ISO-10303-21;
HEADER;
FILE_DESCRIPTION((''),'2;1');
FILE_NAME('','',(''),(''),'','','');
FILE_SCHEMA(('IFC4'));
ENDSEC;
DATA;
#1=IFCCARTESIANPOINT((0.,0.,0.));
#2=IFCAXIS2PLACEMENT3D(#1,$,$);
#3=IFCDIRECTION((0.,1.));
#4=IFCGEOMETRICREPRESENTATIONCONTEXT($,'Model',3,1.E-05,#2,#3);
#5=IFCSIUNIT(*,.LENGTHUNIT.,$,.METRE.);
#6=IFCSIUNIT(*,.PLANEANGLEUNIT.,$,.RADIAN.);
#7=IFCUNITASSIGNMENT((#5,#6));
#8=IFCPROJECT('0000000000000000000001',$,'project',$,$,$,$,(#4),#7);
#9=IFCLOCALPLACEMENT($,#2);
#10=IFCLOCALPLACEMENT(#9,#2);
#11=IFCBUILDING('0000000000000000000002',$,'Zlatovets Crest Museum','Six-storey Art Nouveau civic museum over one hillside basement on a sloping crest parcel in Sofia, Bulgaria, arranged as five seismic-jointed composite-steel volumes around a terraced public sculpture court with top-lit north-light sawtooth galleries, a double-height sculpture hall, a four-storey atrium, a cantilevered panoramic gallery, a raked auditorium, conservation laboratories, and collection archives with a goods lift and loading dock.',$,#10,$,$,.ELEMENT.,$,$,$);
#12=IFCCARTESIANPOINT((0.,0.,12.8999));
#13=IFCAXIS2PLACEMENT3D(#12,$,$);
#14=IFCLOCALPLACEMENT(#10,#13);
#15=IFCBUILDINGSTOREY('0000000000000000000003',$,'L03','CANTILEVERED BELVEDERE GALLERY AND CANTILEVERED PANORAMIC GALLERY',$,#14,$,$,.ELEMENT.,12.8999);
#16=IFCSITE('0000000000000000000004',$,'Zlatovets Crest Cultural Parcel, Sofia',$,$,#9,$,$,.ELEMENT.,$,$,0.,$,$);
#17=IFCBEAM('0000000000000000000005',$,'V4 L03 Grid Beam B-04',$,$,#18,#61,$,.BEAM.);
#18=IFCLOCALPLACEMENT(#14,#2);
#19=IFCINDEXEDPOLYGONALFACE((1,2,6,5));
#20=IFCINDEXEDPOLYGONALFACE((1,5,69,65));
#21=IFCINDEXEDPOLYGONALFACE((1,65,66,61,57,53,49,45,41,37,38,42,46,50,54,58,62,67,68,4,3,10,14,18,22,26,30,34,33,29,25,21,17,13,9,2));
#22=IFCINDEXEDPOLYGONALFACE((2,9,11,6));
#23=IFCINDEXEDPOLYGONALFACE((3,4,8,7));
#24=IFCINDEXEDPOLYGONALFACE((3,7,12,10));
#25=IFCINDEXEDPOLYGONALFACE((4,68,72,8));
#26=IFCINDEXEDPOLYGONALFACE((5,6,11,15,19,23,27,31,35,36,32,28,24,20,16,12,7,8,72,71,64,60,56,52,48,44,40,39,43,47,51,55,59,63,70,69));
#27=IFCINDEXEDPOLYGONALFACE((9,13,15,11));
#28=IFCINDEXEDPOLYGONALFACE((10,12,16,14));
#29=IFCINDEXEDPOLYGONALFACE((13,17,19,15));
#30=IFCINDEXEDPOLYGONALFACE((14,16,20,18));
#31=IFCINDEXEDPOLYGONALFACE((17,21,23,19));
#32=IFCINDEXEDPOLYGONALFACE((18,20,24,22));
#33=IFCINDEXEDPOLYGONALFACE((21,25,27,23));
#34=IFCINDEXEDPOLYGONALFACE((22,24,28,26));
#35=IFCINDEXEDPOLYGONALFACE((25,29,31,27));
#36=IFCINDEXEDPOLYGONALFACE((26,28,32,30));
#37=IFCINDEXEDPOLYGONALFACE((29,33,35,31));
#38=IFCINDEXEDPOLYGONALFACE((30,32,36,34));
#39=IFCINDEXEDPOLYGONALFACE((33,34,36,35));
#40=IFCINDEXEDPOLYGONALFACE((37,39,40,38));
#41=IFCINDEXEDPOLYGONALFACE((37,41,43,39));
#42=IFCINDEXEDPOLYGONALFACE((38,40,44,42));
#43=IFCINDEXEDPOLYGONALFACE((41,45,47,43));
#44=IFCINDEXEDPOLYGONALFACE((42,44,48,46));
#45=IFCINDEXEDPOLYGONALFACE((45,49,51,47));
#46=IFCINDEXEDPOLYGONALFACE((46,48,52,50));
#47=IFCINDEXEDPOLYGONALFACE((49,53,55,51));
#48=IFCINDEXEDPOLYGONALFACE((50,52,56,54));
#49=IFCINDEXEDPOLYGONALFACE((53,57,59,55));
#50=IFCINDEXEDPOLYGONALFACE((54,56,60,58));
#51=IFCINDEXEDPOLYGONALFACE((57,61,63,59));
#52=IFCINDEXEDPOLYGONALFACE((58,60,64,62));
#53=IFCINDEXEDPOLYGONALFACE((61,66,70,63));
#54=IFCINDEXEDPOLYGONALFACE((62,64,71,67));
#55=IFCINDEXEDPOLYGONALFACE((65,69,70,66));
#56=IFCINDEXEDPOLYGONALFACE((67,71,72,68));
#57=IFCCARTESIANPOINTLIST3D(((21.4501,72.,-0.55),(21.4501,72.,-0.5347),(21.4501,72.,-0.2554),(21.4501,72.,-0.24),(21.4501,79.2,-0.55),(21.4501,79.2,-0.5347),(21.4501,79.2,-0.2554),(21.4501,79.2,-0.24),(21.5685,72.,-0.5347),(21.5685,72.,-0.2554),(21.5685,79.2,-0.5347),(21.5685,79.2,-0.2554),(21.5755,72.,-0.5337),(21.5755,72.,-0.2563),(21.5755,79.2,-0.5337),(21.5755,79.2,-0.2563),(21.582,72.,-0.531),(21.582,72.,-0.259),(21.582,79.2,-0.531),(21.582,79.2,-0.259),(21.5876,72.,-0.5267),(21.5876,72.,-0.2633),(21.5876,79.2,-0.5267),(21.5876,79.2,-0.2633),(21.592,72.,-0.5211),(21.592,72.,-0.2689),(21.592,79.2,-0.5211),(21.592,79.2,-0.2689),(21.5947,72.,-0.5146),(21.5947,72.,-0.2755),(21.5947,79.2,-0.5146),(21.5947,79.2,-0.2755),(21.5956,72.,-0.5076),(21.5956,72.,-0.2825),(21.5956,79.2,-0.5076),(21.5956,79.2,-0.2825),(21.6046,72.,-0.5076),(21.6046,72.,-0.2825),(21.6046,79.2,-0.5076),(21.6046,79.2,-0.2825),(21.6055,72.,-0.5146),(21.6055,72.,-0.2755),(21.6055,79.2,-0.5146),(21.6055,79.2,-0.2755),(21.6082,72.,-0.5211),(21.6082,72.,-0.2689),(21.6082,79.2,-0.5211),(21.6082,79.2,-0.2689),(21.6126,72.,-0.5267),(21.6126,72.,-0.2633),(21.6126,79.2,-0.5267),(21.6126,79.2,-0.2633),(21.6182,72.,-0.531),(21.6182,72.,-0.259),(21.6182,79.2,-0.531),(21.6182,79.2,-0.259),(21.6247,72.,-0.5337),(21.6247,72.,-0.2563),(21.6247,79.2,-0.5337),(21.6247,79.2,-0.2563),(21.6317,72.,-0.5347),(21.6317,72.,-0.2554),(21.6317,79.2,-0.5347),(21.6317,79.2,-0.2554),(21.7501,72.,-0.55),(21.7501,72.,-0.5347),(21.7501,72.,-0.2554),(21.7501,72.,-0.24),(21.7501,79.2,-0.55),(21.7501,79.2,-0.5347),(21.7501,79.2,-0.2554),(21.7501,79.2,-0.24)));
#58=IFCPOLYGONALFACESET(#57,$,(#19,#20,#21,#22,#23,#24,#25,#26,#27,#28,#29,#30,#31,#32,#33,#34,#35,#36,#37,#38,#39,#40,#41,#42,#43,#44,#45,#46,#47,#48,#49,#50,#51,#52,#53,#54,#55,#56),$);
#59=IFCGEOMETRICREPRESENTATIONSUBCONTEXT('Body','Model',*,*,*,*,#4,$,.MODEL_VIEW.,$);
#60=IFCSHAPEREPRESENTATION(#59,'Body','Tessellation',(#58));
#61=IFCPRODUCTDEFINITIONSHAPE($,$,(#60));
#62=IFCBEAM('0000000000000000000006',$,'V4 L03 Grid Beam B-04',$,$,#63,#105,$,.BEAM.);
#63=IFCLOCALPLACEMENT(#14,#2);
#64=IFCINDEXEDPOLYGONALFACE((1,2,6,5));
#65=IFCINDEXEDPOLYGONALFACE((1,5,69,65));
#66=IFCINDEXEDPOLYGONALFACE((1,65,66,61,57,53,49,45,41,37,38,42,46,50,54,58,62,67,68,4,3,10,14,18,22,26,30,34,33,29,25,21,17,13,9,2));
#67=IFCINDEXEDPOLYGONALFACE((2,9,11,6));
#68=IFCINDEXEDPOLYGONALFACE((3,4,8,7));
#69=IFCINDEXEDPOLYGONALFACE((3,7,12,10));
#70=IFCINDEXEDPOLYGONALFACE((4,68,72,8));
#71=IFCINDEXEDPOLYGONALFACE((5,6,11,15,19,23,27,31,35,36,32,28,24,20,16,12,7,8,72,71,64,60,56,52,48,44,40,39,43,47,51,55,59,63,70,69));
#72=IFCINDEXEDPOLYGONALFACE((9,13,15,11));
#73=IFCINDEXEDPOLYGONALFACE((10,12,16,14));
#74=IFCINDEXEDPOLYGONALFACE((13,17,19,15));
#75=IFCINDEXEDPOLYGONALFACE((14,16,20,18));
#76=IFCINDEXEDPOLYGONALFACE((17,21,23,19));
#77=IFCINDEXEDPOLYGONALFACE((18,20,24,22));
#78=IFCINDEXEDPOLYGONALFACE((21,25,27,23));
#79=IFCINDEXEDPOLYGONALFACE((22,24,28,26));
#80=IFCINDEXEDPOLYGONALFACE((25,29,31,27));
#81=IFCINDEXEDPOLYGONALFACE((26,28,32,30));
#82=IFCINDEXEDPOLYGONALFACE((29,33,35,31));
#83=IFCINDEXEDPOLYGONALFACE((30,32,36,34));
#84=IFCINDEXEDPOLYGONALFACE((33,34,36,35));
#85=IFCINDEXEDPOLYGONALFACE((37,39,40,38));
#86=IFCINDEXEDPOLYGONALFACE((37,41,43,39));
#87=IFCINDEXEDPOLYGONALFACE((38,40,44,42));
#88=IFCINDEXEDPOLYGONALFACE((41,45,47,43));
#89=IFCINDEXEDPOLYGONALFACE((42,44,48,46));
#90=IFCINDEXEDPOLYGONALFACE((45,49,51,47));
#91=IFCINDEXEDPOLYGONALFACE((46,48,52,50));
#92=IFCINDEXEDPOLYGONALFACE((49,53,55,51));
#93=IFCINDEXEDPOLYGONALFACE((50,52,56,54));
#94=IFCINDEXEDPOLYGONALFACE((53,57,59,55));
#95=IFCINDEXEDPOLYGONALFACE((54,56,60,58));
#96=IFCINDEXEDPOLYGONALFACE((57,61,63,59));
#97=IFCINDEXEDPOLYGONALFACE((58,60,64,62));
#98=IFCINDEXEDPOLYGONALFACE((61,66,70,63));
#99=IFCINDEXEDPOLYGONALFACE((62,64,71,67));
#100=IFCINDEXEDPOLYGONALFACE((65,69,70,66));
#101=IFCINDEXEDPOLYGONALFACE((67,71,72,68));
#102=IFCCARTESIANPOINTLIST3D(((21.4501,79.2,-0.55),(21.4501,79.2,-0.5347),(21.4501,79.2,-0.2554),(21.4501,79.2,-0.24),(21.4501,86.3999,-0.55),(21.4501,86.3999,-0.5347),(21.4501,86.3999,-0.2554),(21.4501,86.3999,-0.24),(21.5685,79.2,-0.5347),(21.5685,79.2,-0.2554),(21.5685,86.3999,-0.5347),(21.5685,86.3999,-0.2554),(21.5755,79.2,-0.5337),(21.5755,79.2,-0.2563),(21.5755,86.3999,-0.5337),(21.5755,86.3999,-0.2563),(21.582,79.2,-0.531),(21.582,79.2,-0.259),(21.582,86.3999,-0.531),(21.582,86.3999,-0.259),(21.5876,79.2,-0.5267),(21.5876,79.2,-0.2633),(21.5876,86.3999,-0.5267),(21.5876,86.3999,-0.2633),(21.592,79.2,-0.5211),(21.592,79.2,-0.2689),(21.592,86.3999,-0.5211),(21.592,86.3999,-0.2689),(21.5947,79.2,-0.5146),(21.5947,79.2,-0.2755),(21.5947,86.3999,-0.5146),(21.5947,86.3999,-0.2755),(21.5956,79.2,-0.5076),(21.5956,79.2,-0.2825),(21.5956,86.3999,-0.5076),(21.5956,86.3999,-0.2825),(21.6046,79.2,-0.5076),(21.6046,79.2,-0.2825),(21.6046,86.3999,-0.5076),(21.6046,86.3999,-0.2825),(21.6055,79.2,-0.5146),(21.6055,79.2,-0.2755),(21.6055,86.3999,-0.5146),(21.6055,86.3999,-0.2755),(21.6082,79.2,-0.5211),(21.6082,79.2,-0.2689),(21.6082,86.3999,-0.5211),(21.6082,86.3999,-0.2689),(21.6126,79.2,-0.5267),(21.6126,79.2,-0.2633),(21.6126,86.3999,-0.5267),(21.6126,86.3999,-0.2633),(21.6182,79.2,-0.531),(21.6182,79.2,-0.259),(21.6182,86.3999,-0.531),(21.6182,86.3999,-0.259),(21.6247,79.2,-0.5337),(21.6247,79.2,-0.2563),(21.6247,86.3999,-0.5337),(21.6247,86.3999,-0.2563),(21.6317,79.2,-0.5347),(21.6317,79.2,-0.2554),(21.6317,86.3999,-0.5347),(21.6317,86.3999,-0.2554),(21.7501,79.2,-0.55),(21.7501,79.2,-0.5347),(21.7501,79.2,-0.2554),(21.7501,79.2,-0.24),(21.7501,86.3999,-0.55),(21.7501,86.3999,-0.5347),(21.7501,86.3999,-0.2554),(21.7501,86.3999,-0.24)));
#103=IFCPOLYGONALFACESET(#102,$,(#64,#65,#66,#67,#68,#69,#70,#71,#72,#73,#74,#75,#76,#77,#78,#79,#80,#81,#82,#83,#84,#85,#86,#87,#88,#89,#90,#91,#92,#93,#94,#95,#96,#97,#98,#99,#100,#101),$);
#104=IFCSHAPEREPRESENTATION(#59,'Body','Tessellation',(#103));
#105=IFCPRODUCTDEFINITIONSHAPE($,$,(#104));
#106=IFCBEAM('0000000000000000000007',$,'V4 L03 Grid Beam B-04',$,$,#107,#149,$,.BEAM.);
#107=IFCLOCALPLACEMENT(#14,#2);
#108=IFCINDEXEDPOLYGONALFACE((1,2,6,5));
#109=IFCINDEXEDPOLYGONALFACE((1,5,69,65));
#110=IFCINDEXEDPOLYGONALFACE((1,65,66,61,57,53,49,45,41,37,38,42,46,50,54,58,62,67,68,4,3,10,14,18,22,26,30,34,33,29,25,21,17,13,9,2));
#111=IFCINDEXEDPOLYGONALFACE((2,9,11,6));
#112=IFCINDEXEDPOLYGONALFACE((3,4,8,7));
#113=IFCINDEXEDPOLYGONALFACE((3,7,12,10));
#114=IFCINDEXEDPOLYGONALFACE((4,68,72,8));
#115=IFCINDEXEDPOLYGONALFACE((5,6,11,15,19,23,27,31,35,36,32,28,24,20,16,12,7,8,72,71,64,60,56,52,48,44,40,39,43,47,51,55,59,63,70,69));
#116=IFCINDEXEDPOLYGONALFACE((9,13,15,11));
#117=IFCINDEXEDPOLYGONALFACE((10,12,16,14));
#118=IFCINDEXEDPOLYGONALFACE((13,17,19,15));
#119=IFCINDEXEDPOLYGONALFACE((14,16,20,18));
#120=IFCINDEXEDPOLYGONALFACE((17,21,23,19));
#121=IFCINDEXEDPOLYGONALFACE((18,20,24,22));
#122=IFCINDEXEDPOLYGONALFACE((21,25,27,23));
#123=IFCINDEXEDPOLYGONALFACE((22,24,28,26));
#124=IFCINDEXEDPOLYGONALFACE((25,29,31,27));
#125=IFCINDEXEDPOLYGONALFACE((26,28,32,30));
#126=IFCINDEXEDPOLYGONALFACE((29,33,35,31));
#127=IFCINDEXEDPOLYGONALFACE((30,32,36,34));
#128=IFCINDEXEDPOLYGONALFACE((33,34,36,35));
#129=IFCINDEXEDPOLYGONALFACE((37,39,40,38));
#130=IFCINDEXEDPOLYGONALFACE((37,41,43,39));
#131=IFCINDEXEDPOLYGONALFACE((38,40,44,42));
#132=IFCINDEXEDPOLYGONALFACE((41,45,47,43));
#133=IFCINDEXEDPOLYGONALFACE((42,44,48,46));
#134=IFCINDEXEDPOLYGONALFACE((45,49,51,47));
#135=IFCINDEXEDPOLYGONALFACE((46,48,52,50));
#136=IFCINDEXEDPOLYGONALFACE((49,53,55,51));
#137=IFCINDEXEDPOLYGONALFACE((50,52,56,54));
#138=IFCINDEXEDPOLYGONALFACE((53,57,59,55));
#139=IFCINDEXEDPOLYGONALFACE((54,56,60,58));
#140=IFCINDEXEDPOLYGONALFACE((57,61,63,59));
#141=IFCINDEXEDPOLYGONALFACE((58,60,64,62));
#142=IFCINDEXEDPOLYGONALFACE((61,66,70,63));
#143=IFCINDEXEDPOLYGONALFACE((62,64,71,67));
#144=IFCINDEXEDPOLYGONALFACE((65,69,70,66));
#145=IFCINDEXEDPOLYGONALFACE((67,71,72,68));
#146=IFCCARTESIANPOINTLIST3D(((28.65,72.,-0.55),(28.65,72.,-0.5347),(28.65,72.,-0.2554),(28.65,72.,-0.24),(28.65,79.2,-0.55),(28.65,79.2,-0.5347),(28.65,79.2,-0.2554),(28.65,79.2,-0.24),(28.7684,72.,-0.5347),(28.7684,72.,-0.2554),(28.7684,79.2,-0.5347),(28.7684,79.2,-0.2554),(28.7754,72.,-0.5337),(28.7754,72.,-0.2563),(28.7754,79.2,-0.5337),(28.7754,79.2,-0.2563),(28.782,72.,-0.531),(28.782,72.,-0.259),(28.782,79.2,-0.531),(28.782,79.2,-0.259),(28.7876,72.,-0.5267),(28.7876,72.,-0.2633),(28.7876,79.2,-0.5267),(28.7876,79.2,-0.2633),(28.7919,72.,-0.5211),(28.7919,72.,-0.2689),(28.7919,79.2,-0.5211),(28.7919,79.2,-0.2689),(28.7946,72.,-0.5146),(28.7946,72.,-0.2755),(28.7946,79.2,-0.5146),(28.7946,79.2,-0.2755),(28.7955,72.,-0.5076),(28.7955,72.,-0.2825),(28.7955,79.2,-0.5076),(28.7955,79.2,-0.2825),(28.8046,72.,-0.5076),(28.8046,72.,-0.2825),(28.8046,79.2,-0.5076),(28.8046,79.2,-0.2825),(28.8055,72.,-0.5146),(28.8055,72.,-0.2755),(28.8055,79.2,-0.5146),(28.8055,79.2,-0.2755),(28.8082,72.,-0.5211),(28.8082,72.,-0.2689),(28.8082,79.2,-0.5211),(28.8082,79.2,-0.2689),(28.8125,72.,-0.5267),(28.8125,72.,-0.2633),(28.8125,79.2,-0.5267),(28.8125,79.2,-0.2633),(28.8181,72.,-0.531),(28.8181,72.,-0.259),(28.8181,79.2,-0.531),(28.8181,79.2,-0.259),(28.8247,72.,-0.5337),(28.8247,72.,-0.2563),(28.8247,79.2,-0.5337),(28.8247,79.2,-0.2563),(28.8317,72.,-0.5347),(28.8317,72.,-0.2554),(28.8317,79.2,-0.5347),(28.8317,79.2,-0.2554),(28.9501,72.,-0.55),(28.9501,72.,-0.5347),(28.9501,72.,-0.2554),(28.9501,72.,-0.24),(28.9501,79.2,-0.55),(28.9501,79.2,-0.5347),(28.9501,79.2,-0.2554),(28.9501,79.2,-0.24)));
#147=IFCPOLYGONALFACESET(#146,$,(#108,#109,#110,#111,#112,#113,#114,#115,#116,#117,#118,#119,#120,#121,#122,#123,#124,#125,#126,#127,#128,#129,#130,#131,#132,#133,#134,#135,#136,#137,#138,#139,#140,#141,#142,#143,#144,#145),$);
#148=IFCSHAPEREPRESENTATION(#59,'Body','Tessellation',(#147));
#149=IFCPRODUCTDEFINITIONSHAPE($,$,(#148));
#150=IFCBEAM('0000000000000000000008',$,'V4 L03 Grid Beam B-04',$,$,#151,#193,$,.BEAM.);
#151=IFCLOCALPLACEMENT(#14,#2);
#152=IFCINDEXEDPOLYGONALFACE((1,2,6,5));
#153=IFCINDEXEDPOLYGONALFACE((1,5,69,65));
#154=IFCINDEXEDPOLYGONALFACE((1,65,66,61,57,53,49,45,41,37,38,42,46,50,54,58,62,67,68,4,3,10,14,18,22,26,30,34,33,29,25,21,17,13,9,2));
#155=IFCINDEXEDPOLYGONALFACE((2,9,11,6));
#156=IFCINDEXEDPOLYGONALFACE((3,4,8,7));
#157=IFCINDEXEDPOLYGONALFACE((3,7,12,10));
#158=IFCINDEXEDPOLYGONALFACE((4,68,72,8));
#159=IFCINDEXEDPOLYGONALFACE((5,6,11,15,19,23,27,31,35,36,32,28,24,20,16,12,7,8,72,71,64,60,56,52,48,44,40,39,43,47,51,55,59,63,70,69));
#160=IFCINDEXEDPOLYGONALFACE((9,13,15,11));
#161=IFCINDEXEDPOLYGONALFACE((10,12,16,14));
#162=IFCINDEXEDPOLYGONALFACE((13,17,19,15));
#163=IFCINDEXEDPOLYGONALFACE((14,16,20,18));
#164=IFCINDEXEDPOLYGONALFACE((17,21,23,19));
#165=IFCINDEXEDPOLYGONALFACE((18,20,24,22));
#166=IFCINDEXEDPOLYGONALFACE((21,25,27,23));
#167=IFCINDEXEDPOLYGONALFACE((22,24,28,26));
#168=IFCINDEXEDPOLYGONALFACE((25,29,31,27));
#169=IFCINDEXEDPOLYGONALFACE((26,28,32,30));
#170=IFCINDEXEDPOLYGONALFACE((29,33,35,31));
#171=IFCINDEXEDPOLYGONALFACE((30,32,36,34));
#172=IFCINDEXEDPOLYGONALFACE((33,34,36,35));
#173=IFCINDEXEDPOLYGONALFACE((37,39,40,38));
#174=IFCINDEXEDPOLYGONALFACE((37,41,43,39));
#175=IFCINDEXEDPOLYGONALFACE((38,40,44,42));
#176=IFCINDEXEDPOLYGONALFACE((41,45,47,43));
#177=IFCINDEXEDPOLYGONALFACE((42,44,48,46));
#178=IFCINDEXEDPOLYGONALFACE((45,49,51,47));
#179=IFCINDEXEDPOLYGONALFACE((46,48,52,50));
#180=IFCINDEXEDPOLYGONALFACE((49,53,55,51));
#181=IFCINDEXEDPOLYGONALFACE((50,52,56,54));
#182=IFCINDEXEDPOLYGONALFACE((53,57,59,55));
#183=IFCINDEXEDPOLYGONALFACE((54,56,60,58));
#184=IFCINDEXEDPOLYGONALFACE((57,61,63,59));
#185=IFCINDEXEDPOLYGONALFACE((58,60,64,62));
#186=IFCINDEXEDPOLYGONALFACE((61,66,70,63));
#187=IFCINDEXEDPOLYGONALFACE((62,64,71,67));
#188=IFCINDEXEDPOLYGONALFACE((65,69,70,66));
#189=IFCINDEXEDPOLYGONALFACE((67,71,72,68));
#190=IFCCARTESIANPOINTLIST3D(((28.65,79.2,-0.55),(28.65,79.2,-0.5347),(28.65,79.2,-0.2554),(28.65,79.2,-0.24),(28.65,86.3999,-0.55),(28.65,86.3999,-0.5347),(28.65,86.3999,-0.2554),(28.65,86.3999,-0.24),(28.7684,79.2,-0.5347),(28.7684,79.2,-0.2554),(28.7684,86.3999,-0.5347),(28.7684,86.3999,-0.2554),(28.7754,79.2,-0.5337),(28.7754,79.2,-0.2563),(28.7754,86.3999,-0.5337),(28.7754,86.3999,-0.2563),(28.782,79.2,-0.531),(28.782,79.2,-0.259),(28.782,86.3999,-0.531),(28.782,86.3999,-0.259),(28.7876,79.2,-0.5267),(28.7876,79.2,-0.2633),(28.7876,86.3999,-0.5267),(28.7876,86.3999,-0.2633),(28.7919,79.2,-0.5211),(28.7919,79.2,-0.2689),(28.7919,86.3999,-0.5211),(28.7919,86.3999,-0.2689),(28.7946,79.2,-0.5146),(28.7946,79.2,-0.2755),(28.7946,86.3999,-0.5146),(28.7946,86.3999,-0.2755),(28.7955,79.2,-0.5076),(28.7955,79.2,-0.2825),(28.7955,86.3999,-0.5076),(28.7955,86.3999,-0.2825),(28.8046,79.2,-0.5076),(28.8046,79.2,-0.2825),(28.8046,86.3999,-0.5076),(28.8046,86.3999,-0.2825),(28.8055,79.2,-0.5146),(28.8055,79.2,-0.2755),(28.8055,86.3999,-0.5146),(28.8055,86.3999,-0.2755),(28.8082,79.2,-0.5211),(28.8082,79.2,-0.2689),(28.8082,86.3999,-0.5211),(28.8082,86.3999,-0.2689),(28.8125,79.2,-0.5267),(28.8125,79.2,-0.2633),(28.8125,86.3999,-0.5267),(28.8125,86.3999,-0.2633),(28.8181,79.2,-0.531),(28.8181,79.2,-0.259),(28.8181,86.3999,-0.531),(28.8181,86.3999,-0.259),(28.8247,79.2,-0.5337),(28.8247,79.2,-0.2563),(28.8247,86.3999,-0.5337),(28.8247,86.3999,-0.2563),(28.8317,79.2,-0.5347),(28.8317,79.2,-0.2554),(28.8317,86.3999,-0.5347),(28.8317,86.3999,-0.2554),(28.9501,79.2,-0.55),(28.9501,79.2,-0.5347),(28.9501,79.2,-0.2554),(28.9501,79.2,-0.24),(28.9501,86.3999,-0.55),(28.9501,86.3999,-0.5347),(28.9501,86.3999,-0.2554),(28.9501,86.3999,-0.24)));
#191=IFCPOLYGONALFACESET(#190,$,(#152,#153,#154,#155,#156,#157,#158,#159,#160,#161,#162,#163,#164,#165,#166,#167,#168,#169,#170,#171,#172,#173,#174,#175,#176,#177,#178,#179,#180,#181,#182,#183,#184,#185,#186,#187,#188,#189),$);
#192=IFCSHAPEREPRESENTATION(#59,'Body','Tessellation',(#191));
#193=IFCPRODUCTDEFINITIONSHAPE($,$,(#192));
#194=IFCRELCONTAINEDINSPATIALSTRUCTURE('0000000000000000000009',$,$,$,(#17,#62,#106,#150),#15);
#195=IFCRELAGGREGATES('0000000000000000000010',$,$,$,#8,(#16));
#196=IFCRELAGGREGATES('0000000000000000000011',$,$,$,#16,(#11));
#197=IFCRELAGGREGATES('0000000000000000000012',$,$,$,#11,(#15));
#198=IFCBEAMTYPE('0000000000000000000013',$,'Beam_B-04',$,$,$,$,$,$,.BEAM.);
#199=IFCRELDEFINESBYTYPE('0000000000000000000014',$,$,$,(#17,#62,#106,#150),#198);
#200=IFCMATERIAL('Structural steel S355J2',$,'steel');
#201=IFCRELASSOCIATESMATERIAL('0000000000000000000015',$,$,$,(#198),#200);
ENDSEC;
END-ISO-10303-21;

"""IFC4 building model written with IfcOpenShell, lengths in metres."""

from ifc_helpers import new_model, si_unit, direction, frame, origin, origin_2d, place, context, subcontext, project, spatial, i_section, extrude, material, material_profile, profile_set, type_object, element, save


model = new_model("IFC4")

# Units and contexts
model_context = context("Model", 3, precision=1e-05, world=origin(), true_north=direction((0.0, 1.0)))
body_context = subcontext(model_context, "Body", "Model", "MODEL_VIEW")
ifc_project = project(units=[si_unit("LENGTHUNIT", "METRE"), si_unit("PLANEANGLEUNIT", "RADIAN")], contexts=[model_context])

# Site, building, storey
site_placement = place(None, origin())
site = spatial("IfcSite", under=ifc_project, at=site_placement, Name="Zlatovets Crest Cultural Parcel, Sofia", CompositionType="ELEMENT", RefElevation=0.0)
building_placement = place(site_placement, origin())
building = spatial("IfcBuilding", under=site, at=building_placement, Name="Zlatovets Crest Museum", Description="Six-storey Art Nouveau civic museum over one hillside basement on a sloping crest parcel in Sofia, Bulgaria, arranged as five seismic-jointed composite-steel volumes around a terraced public sculpture court with top-lit north-light sawtooth galleries, a double-height sculpture hall, a four-storey atrium, a cantilevered panoramic gallery, a raked auditorium, conservation laboratories, and collection archives with a goods lift and loading dock.", CompositionType="ELEMENT")
storey_placement = place(building_placement, frame((0.0, 0.0, 12.8999)))
storey = spatial("IfcBuildingStorey", under=building, at=storey_placement, Name="L03", Description="CANTILEVERED BELVEDERE GALLERY AND CANTILEVERED PANORAMIC GALLERY", CompositionType="ELEMENT", Elevation=12.8999)

# Shared definitions
ifc_material_1 = material(Name="Structural steel S355J2", Category="steel")

# Beams
ifc_material_profile_1 = material_profile(ifc_material_1, i_section(OverallWidth=0.3, OverallDepth=0.3101, WebThickness=0.009, FlangeThickness=0.0154, FilletRadius=0.0271, at=origin_2d()), Name="HEA 320")
ifc_profile_set_1 = profile_set([ifc_material_profile_1], Name="Structural steel S355J2")
beam_type_1 = type_object("IfcBeamType", Name="Beam_B-04", PredefinedType="BEAM", material=ifc_profile_set_1)
for number, where, z_axis, x_axis, name in (
    (1, (21.6001, 72.0, -0.395), (0.0, 1.0, 0.0), (-1.0, 0.0, 0.0), "V4 L03 Grid Beam B-04"),
    (2, (21.6001, 79.2, -0.395), (0.0, 1.0, 0.0), (-1.0, 0.0, 0.0), "V4 L03 Grid Beam B-04"),
    (3, (28.8, 72.0, -0.395), (0.0, 1.0, 0.0), (-1.0, 0.0, 0.0), "V4 L03 Grid Beam B-04"),
    (4, (28.8, 79.2, -0.395), (0.0, 1.0, 0.0), (-1.0, 0.0, 0.0), "V4 L03 Grid Beam B-04"),
):
    element("IfcBeam", number, at=place(storey_placement, frame(where, z_axis=z_axis, x_axis=x_axis)), inside=storey, type_object=beam_type_1, Name=name, PredefinedType="BEAM", context=body_context, shape_type="SweptSolid", body=[
        extrude(i_section(OverallWidth=0.3, OverallDepth=0.3101, WebThickness=0.009, FlangeThickness=0.0154, FilletRadius=0.0271, at=origin_2d()), origin(), (0.0, 0.0, 1.0), 7.2),
    ])

save(model, "model.ifc")
